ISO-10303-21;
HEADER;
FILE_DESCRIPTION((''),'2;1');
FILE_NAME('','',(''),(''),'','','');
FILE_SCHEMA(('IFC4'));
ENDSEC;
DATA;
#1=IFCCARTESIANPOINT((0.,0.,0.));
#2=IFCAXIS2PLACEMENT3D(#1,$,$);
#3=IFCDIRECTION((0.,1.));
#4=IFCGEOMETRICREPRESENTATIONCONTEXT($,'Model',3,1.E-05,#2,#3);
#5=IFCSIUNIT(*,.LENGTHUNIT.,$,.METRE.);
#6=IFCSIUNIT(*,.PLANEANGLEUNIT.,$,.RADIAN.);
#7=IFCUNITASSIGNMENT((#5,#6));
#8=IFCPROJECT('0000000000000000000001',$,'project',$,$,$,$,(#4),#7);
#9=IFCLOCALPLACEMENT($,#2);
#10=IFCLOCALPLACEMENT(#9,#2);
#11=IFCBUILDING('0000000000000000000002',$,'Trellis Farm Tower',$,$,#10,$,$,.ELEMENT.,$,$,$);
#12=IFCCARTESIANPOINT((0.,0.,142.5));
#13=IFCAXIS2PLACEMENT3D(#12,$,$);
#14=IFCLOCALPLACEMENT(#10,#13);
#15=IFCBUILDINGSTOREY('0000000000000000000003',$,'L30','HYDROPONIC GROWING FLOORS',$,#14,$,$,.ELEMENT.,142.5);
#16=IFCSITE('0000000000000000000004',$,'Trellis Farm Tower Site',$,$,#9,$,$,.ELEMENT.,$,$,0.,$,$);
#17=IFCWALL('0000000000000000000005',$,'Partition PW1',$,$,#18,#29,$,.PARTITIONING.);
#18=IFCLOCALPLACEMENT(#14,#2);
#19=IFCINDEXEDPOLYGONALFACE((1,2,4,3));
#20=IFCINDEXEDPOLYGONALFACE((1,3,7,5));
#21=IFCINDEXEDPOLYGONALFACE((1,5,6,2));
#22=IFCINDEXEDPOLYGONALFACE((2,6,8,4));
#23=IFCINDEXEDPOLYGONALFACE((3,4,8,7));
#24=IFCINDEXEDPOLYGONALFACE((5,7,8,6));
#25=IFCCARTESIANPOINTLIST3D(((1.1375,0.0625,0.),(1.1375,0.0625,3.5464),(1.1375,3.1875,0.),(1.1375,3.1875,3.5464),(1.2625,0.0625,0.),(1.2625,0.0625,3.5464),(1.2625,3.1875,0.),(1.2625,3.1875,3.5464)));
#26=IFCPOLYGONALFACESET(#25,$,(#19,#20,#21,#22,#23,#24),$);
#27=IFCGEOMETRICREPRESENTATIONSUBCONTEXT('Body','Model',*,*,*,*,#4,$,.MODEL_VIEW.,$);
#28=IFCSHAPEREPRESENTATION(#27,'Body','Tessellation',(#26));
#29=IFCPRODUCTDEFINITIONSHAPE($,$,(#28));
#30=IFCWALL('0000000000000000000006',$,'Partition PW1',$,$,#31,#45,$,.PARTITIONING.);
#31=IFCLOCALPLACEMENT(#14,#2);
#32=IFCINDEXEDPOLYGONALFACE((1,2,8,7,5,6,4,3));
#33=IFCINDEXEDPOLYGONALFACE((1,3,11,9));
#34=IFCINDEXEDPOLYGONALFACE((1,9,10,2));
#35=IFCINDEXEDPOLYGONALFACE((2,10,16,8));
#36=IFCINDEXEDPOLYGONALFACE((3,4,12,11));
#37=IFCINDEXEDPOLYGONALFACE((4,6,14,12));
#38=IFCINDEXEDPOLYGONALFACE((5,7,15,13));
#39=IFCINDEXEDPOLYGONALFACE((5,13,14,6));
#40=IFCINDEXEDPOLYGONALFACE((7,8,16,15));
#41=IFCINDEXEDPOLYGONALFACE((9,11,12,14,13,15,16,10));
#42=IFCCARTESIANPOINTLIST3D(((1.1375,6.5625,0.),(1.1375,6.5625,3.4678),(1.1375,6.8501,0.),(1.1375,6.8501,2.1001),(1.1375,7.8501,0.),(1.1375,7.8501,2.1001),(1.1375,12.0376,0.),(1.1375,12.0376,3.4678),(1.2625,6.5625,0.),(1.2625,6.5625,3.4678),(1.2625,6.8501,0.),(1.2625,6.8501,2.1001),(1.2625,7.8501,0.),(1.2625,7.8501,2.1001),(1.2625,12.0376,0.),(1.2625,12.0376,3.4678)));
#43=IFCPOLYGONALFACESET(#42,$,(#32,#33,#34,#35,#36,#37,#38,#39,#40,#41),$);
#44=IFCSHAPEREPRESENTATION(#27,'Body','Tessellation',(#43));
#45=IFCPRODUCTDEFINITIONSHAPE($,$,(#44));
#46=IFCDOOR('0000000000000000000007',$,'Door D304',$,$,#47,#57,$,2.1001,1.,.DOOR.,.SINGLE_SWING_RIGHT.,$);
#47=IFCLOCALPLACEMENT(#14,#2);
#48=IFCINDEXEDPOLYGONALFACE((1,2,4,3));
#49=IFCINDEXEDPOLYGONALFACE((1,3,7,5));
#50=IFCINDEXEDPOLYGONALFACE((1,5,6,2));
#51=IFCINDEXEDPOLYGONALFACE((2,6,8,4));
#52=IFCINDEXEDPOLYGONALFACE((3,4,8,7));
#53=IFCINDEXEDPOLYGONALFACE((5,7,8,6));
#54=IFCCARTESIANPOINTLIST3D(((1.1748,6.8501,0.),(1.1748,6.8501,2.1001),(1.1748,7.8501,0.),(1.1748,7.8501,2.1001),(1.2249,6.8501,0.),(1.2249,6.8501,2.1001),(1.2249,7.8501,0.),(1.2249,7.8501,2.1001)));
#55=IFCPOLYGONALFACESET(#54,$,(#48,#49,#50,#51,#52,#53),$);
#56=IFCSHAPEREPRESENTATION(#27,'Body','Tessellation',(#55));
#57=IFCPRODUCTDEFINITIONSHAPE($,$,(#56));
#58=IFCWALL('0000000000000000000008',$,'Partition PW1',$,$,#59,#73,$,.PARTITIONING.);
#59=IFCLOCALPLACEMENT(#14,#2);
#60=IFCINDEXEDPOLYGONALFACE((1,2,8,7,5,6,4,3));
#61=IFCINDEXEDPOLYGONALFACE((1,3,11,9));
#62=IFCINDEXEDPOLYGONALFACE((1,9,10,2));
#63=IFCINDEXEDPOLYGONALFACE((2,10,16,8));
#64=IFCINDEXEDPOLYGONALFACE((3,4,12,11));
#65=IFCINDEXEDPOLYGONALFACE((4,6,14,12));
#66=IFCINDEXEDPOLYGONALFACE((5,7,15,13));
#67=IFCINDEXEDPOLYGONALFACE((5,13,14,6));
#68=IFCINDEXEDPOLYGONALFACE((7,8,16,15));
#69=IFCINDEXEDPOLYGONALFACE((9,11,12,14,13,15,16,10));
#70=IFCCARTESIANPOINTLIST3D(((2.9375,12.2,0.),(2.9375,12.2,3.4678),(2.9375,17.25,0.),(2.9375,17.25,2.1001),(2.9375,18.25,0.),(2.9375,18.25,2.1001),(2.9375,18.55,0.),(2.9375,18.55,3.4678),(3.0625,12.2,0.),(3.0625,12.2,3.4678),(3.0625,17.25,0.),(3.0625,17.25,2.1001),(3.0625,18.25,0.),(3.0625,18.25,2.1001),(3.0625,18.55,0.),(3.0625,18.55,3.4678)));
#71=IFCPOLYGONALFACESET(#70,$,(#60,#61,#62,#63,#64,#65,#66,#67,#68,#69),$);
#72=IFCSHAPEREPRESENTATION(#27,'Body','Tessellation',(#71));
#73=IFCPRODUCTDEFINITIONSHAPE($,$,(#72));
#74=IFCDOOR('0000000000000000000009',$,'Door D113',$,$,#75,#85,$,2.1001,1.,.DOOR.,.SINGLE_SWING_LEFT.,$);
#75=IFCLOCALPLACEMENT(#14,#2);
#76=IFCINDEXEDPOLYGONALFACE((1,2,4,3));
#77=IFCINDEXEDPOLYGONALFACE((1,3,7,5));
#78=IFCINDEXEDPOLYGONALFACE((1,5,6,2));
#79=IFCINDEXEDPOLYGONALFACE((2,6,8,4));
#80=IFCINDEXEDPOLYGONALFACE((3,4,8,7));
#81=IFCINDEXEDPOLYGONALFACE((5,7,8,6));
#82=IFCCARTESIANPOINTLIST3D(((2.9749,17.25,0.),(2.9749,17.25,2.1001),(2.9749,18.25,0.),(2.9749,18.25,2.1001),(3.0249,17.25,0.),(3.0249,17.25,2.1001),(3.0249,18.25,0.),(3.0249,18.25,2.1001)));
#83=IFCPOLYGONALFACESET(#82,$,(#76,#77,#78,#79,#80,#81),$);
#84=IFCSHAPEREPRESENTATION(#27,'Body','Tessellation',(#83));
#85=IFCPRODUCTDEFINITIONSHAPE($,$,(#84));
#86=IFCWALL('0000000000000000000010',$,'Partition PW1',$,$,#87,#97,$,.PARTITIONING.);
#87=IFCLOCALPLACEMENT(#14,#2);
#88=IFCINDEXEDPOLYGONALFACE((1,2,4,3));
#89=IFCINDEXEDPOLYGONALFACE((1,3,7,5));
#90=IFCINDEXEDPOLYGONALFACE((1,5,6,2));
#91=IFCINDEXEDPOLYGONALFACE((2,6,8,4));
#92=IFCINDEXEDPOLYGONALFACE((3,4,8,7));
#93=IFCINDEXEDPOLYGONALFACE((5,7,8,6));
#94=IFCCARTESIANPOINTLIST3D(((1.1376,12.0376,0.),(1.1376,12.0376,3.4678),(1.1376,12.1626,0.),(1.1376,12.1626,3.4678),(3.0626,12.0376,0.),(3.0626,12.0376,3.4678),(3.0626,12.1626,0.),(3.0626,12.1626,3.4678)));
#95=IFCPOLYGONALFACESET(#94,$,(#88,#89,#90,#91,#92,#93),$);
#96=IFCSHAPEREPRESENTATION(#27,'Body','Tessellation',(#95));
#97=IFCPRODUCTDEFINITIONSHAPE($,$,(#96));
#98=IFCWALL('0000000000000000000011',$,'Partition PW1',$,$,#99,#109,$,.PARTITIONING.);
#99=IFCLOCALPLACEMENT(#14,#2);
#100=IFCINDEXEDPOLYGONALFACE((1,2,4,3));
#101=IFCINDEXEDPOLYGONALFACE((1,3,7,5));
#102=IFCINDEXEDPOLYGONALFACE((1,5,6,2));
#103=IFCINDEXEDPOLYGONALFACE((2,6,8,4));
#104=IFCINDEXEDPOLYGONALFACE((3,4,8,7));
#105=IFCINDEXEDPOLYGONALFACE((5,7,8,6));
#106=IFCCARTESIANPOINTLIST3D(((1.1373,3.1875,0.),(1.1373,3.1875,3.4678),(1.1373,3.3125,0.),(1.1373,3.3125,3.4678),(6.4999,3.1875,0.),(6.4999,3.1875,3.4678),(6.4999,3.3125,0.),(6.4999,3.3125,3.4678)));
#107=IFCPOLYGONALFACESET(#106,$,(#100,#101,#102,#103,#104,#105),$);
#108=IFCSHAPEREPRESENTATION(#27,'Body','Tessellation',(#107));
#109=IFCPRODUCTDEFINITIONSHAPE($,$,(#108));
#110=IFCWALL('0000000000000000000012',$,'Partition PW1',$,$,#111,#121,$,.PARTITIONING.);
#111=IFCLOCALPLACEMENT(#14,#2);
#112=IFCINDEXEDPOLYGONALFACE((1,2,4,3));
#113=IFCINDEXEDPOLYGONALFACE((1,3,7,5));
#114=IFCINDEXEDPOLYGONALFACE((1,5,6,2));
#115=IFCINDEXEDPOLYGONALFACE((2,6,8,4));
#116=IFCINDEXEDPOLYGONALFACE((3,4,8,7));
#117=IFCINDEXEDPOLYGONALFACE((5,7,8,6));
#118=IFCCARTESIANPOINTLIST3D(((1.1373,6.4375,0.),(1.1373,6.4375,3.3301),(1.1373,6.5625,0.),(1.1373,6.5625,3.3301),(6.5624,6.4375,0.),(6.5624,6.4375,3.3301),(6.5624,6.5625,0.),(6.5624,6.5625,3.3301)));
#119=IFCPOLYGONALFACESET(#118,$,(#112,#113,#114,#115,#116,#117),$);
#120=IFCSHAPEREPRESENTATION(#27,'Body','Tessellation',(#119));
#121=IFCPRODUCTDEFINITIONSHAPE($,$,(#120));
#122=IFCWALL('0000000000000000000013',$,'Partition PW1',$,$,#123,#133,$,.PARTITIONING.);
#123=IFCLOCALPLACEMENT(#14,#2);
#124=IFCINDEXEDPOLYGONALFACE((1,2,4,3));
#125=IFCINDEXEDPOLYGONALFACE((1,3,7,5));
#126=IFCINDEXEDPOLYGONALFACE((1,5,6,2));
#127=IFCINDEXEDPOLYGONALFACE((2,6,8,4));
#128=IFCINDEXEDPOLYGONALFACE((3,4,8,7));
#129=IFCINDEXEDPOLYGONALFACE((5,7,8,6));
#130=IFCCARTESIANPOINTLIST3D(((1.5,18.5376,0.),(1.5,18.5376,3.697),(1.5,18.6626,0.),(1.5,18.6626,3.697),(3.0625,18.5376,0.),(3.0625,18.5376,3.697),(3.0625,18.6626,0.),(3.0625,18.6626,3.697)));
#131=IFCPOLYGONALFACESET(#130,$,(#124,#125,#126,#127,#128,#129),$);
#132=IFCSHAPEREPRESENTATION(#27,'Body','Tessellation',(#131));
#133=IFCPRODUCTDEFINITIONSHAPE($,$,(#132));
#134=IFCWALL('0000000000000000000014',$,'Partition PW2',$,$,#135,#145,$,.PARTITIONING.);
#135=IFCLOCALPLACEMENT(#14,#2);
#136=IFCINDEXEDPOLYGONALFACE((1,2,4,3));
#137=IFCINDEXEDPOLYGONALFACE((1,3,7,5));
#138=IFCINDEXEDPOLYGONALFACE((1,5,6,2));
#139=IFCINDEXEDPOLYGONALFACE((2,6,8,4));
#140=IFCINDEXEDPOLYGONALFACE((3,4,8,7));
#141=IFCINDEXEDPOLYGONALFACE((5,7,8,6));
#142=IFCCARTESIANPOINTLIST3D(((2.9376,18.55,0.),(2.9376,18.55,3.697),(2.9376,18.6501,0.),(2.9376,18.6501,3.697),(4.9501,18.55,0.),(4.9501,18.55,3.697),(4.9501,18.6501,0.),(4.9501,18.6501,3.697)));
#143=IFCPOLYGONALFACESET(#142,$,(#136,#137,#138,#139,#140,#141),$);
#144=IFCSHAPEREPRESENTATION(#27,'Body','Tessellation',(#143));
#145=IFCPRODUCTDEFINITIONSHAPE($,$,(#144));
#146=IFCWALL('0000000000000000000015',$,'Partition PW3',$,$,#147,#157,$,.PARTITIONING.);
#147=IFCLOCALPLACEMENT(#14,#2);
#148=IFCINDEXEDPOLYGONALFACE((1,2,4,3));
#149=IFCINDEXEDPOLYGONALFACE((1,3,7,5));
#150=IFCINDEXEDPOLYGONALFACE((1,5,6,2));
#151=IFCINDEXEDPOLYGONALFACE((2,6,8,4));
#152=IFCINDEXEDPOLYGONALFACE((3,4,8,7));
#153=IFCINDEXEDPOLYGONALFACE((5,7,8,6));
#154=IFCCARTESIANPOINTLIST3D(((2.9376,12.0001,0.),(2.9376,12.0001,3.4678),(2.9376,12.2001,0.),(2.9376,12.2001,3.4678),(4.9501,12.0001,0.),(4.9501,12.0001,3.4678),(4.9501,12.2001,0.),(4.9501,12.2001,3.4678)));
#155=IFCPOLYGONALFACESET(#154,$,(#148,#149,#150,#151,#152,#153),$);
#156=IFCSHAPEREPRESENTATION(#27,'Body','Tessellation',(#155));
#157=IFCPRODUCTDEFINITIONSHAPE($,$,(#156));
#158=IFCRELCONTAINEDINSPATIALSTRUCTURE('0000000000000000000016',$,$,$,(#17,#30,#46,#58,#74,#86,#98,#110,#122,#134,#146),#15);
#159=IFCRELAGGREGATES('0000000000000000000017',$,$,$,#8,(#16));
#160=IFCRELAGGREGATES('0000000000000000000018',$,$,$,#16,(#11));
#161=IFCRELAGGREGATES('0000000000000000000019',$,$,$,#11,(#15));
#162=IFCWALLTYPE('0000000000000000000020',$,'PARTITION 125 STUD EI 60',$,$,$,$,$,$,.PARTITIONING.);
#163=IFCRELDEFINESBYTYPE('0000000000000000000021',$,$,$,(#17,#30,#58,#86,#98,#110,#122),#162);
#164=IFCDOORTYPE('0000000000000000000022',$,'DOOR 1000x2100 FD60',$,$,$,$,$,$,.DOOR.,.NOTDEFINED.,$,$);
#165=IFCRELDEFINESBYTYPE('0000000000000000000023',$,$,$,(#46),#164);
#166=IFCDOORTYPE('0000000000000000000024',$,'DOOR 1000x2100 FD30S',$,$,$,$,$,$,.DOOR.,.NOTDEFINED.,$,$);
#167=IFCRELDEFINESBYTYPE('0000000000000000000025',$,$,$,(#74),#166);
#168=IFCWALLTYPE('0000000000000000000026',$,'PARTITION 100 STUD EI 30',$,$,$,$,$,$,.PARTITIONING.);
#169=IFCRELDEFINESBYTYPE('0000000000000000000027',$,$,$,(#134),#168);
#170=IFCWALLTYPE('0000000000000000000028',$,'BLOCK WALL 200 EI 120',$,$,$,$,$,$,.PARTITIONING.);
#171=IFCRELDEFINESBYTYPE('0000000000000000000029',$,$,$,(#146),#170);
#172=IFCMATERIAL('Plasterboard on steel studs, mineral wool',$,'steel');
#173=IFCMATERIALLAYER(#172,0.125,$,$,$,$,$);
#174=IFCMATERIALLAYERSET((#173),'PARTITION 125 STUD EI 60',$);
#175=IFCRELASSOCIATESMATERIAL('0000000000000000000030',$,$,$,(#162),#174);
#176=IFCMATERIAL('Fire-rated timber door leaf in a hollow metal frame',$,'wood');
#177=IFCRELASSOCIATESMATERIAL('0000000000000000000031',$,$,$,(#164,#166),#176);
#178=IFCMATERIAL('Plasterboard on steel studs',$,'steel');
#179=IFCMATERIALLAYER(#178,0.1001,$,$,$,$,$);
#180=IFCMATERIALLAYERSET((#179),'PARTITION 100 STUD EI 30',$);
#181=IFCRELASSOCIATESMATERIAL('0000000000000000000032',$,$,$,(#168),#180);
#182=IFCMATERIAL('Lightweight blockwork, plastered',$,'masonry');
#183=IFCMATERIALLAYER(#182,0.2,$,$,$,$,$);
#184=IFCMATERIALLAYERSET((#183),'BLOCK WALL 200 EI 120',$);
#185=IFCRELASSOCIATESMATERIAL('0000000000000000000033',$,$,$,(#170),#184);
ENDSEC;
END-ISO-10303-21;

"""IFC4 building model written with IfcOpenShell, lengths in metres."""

from ifc_helpers import new_model, si_unit, direction, frame, frame_2d, origin, place, context, subcontext, project, spatial, rectangle, extrude, source, transform, mapped, material, layer, layer_set, type_object, element, fill, save


model = new_model("IFC4")

# Units and contexts
model_context = context("Model", 3, precision=1e-05, world=origin(), true_north=direction((0.0, 1.0)))
body_context = subcontext(model_context, "Body", "Model", "MODEL_VIEW")
ifc_project = project(units=[si_unit("LENGTHUNIT", "METRE"), si_unit("PLANEANGLEUNIT", "RADIAN")], contexts=[model_context])

# Site, building, storey
site_placement = place(None, origin())
site = spatial("IfcSite", under=ifc_project, at=site_placement, Name="Trellis Farm Tower Site", CompositionType="ELEMENT", RefElevation=0.0)
building_placement = place(site_placement, origin())
building = spatial("IfcBuilding", under=site, at=building_placement, Name="Trellis Farm Tower", CompositionType="ELEMENT")
storey_placement = place(building_placement, frame((0.0, 0.0, 142.5)))
storey = spatial("IfcBuildingStorey", under=building, at=storey_placement, Name="L30", Description="HYDROPONIC GROWING FLOORS", CompositionType="ELEMENT", Elevation=142.5)

# Wall
ifc_material_1 = material(Name="Plasterboard on steel studs, mineral wool", Category="steel")
ifc_layer_1 = layer(ifc_material_1, 0.125)
ifc_layer_set_1 = layer_set([ifc_layer_1], Name="PARTITION 125 STUD EI 60")
wall_type_1 = type_object("IfcWallType", Name="PARTITION 125 STUD EI 60", PredefinedType="PARTITIONING", material=ifc_layer_set_1)
shared_shape_1 = source(origin(), body_context, "Body", "SweptSolid", [
    extrude(rectangle(XDim=3.125, YDim=0.125, at=frame_2d((1.5625, 0.0))), origin(), (0.0, 0.0, 1.0), 3.5464),
])
wall_1_placement = place(storey_placement, frame((1.2, 3.1875, 0.0), z_axis=(0.0, 0.0, 1.0), x_axis=(0.0, -1.0, 0.0)))
element("IfcWall", 1, at=wall_1_placement, inside=storey, type_object=wall_type_1, Name="Partition PW1", PredefinedType="PARTITIONING", context=body_context, shape_type="MappedRepresentation", body=[
    mapped(shared_shape_1, transform((0.0, 0.0, 0.0))),
])

# Walls, openings, doors
shared_shape_2 = source(origin(), body_context, "Body", "SweptSolid", [
    extrude(rectangle(XDim=5.4751, YDim=0.125, at=frame_2d((2.7375, 0.0))), origin(), (0.0, 0.0, 1.0), 3.4678),
])
wall_2_placement = place(storey_placement, frame((1.2, 12.0376, 0.0), z_axis=(0.0, 0.0, 1.0), x_axis=(0.0, -1.0, 0.0)))
wall_2 = element("IfcWall", 2, at=wall_2_placement, inside=storey, type_object=wall_type_1, Name="Partition PW1", PredefinedType="PARTITIONING", context=body_context, shape_type="MappedRepresentation", body=[
    mapped(shared_shape_2, transform((0.0, 0.0, 0.0))),
])
shared_shape_3 = source(origin(), body_context, "Body", "SweptSolid", [
    extrude(rectangle(XDim=1.0, YDim=2.1001, at=frame_2d((0.5, 1.05))), frame((0.0, 0.0725, 0.0), z_axis=(0.0, -1.0, 0.0), x_axis=(1.0, 0.0, 0.0)), (0.0, 0.0, 1.0), 0.145),
])
opening_1_placement = place(wall_2_placement, frame((4.1875, 0.0, 0.0)))
opening_1 = element("IfcOpeningElement", 3, at=opening_1_placement, cuts=wall_2, PredefinedType="OPENING", context=body_context, shape_type="MappedRepresentation", body=[
    mapped(shared_shape_3, transform((0.0, 0.0, 0.0))),
])
ifc_material_2 = material(Name="Fire-rated timber door leaf in a hollow metal frame", Category="wood")
door_type_1 = type_object("IfcDoorType", Name="DOOR 1000x2100 FD60", OperationType="NOTDEFINED", PredefinedType="DOOR", material=ifc_material_2)
shared_shape_4 = source(origin(), body_context, "Body", "SweptSolid", [
    extrude(rectangle(XDim=1.0, YDim=2.1001, at=frame_2d((0.5, 1.05))), frame((0.0, 0.0249, 0.0), z_axis=(0.0, -1.0, 0.0), x_axis=(1.0, 0.0, 0.0)), (0.0, 0.0, 1.0), 0.05),
])
door_1_placement = place(opening_1_placement, origin())
door_1 = element("IfcDoor", 4, at=door_1_placement, inside=storey, type_object=door_type_1, Name="Door D304", OperationType="SINGLE_SWING_RIGHT", OverallHeight=2.1001, OverallWidth=1.0, PredefinedType="DOOR", context=body_context, shape_type="MappedRepresentation", body=[
    mapped(shared_shape_4, transform((0.0, 0.0, 0.0))),
])
fill(opening_1, door_1)
shared_shape_5 = source(origin(), body_context, "Body", "SweptSolid", [
    extrude(rectangle(XDim=6.3501, YDim=0.125, at=frame_2d((3.175, 0.0))), origin(), (0.0, 0.0, 1.0), 3.4678),
])
wall_3_placement = place(storey_placement, frame((3.0, 18.55, 0.0), z_axis=(0.0, 0.0, 1.0), x_axis=(0.0, -1.0, 0.0)))
wall_3 = element("IfcWall", 5, at=wall_3_placement, inside=storey, type_object=wall_type_1, Name="Partition PW1", PredefinedType="PARTITIONING", context=body_context, shape_type="MappedRepresentation", body=[
    mapped(shared_shape_5, transform((0.0, 0.0, 0.0))),
])
opening_2_placement = place(wall_3_placement, frame((0.3, 0.0, 0.0)))
opening_2 = element("IfcOpeningElement", 6, at=opening_2_placement, cuts=wall_3, PredefinedType="OPENING", context=body_context, shape_type="MappedRepresentation", body=[
    mapped(shared_shape_3, transform((0.0, 0.0, 0.0))),
])
door_type_2 = type_object("IfcDoorType", Name="DOOR 1000x2100 FD30S", OperationType="NOTDEFINED", PredefinedType="DOOR", material=ifc_material_2)
door_2_placement = place(opening_2_placement, origin())
door_2 = element("IfcDoor", 7, at=door_2_placement, inside=storey, type_object=door_type_2, Name="Door D113", OperationType="SINGLE_SWING_LEFT", OverallHeight=2.1001, OverallWidth=1.0, PredefinedType="DOOR", context=body_context, shape_type="MappedRepresentation", body=[
    mapped(shared_shape_4, transform((0.0, 0.0, 0.0))),
])
fill(opening_2, door_2)

# Walls
shared_shape_6 = source(origin(), body_context, "Body", "SweptSolid", [
    extrude(rectangle(XDim=1.925, YDim=0.125, at=frame_2d((0.9624, 0.0))), origin(), (0.0, 0.0, 1.0), 3.4678),
])
wall_4_placement = place(storey_placement, frame((3.0625, 12.1001, 0.0), z_axis=(0.0, 0.0, 1.0), x_axis=(-1.0, 0.0, 0.0)))
element("IfcWall", 8, at=wall_4_placement, inside=storey, type_object=wall_type_1, Name="Partition PW1", PredefinedType="PARTITIONING", context=body_context, shape_type="MappedRepresentation", body=[
    mapped(shared_shape_6, transform((0.0, 0.0, 0.0))),
])
shared_shape_7 = source(origin(), body_context, "Body", "SweptSolid", [
    extrude(rectangle(XDim=5.3625, YDim=0.125, at=frame_2d((2.6812, 0.0))), origin(), (0.0, 0.0, 1.0), 3.4678),
])
wall_5_placement = place(storey_placement, frame((1.1375, 3.25, 0.0), z_axis=(0.0, 0.0, 1.0), x_axis=(1.0, 0.0, 0.0)))
element("IfcWall", 9, at=wall_5_placement, inside=storey, type_object=wall_type_1, Name="Partition PW1", PredefinedType="PARTITIONING", context=body_context, shape_type="MappedRepresentation", body=[
    mapped(shared_shape_7, transform((0.0, 0.0, 0.0))),
])
shared_shape_8 = source(origin(), body_context, "Body", "SweptSolid", [
    extrude(rectangle(XDim=5.425, YDim=0.125, at=frame_2d((2.7124, 0.0))), origin(), (0.0, 0.0, 1.0), 3.3301),
])
wall_6_placement = place(storey_placement, frame((1.1375, 6.5, 0.0), z_axis=(0.0, 0.0, 1.0), x_axis=(1.0, 0.0, 0.0)))
element("IfcWall", 10, at=wall_6_placement, inside=storey, type_object=wall_type_1, Name="Partition PW1", PredefinedType="PARTITIONING", context=body_context, shape_type="MappedRepresentation", body=[
    mapped(shared_shape_8, transform((0.0, 0.0, 0.0))),
])
shared_shape_9 = source(origin(), body_context, "Body", "SweptSolid", [
    extrude(rectangle(XDim=1.5625, YDim=0.125, at=frame_2d((0.7812, 0.0))), origin(), (0.0, 0.0, 1.0), 3.697),
])
wall_7_placement = place(storey_placement, frame((1.5, 18.6001, 0.0), z_axis=(0.0, 0.0, 1.0), x_axis=(1.0, 0.0, 0.0)))
element("IfcWall", 11, at=wall_7_placement, inside=storey, type_object=wall_type_1, Name="Partition PW1", PredefinedType="PARTITIONING", context=body_context, shape_type="MappedRepresentation", body=[
    mapped(shared_shape_9, transform((0.0, 0.0, 0.0))),
])
ifc_material_3 = material(Name="Plasterboard on steel studs", Category="steel")
ifc_layer_2 = layer(ifc_material_3, 0.1001)
ifc_layer_set_2 = layer_set([ifc_layer_2], Name="PARTITION 100 STUD EI 30")
wall_type_2 = type_object("IfcWallType", Name="PARTITION 100 STUD EI 30", PredefinedType="PARTITIONING", material=ifc_layer_set_2)
shared_shape_10 = source(origin(), body_context, "Body", "SweptSolid", [
    extrude(rectangle(XDim=2.0125, YDim=0.1001, at=frame_2d((1.0063, 0.0))), origin(), (0.0, 0.0, 1.0), 3.697),
])
wall_8_placement = place(storey_placement, frame((2.9375, 18.6001, 0.0), z_axis=(0.0, 0.0, 1.0), x_axis=(1.0, 0.0, 0.0)))
element("IfcWall", 12, at=wall_8_placement, inside=storey, type_object=wall_type_2, Name="Partition PW2", PredefinedType="PARTITIONING", context=body_context, shape_type="MappedRepresentation", body=[
    mapped(shared_shape_10, transform((0.0, 0.0, 0.0))),
])
ifc_material_4 = material(Name="Lightweight blockwork, plastered", Category="masonry")
ifc_layer_3 = layer(ifc_material_4, 0.2)
ifc_layer_set_3 = layer_set([ifc_layer_3], Name="BLOCK WALL 200 EI 120")
wall_type_3 = type_object("IfcWallType", Name="BLOCK WALL 200 EI 120", PredefinedType="PARTITIONING", material=ifc_layer_set_3)
shared_shape_11 = source(origin(), body_context, "Body", "SweptSolid", [
    extrude(rectangle(XDim=2.0125, YDim=0.2, at=frame_2d((1.0063, 0.0))), origin(), (0.0, 0.0, 1.0), 3.4678),
])
wall_9_placement = place(storey_placement, frame((2.9375, 12.1001, 0.0), z_axis=(0.0, 0.0, 1.0), x_axis=(1.0, 0.0, 0.0)))
element("IfcWall", 13, at=wall_9_placement, inside=storey, type_object=wall_type_3, Name="Partition PW3", PredefinedType="PARTITIONING", context=body_context, shape_type="MappedRepresentation", body=[
    mapped(shared_shape_11, transform((0.0, 0.0, 0.0))),
])

save(model, "model.ifc")
